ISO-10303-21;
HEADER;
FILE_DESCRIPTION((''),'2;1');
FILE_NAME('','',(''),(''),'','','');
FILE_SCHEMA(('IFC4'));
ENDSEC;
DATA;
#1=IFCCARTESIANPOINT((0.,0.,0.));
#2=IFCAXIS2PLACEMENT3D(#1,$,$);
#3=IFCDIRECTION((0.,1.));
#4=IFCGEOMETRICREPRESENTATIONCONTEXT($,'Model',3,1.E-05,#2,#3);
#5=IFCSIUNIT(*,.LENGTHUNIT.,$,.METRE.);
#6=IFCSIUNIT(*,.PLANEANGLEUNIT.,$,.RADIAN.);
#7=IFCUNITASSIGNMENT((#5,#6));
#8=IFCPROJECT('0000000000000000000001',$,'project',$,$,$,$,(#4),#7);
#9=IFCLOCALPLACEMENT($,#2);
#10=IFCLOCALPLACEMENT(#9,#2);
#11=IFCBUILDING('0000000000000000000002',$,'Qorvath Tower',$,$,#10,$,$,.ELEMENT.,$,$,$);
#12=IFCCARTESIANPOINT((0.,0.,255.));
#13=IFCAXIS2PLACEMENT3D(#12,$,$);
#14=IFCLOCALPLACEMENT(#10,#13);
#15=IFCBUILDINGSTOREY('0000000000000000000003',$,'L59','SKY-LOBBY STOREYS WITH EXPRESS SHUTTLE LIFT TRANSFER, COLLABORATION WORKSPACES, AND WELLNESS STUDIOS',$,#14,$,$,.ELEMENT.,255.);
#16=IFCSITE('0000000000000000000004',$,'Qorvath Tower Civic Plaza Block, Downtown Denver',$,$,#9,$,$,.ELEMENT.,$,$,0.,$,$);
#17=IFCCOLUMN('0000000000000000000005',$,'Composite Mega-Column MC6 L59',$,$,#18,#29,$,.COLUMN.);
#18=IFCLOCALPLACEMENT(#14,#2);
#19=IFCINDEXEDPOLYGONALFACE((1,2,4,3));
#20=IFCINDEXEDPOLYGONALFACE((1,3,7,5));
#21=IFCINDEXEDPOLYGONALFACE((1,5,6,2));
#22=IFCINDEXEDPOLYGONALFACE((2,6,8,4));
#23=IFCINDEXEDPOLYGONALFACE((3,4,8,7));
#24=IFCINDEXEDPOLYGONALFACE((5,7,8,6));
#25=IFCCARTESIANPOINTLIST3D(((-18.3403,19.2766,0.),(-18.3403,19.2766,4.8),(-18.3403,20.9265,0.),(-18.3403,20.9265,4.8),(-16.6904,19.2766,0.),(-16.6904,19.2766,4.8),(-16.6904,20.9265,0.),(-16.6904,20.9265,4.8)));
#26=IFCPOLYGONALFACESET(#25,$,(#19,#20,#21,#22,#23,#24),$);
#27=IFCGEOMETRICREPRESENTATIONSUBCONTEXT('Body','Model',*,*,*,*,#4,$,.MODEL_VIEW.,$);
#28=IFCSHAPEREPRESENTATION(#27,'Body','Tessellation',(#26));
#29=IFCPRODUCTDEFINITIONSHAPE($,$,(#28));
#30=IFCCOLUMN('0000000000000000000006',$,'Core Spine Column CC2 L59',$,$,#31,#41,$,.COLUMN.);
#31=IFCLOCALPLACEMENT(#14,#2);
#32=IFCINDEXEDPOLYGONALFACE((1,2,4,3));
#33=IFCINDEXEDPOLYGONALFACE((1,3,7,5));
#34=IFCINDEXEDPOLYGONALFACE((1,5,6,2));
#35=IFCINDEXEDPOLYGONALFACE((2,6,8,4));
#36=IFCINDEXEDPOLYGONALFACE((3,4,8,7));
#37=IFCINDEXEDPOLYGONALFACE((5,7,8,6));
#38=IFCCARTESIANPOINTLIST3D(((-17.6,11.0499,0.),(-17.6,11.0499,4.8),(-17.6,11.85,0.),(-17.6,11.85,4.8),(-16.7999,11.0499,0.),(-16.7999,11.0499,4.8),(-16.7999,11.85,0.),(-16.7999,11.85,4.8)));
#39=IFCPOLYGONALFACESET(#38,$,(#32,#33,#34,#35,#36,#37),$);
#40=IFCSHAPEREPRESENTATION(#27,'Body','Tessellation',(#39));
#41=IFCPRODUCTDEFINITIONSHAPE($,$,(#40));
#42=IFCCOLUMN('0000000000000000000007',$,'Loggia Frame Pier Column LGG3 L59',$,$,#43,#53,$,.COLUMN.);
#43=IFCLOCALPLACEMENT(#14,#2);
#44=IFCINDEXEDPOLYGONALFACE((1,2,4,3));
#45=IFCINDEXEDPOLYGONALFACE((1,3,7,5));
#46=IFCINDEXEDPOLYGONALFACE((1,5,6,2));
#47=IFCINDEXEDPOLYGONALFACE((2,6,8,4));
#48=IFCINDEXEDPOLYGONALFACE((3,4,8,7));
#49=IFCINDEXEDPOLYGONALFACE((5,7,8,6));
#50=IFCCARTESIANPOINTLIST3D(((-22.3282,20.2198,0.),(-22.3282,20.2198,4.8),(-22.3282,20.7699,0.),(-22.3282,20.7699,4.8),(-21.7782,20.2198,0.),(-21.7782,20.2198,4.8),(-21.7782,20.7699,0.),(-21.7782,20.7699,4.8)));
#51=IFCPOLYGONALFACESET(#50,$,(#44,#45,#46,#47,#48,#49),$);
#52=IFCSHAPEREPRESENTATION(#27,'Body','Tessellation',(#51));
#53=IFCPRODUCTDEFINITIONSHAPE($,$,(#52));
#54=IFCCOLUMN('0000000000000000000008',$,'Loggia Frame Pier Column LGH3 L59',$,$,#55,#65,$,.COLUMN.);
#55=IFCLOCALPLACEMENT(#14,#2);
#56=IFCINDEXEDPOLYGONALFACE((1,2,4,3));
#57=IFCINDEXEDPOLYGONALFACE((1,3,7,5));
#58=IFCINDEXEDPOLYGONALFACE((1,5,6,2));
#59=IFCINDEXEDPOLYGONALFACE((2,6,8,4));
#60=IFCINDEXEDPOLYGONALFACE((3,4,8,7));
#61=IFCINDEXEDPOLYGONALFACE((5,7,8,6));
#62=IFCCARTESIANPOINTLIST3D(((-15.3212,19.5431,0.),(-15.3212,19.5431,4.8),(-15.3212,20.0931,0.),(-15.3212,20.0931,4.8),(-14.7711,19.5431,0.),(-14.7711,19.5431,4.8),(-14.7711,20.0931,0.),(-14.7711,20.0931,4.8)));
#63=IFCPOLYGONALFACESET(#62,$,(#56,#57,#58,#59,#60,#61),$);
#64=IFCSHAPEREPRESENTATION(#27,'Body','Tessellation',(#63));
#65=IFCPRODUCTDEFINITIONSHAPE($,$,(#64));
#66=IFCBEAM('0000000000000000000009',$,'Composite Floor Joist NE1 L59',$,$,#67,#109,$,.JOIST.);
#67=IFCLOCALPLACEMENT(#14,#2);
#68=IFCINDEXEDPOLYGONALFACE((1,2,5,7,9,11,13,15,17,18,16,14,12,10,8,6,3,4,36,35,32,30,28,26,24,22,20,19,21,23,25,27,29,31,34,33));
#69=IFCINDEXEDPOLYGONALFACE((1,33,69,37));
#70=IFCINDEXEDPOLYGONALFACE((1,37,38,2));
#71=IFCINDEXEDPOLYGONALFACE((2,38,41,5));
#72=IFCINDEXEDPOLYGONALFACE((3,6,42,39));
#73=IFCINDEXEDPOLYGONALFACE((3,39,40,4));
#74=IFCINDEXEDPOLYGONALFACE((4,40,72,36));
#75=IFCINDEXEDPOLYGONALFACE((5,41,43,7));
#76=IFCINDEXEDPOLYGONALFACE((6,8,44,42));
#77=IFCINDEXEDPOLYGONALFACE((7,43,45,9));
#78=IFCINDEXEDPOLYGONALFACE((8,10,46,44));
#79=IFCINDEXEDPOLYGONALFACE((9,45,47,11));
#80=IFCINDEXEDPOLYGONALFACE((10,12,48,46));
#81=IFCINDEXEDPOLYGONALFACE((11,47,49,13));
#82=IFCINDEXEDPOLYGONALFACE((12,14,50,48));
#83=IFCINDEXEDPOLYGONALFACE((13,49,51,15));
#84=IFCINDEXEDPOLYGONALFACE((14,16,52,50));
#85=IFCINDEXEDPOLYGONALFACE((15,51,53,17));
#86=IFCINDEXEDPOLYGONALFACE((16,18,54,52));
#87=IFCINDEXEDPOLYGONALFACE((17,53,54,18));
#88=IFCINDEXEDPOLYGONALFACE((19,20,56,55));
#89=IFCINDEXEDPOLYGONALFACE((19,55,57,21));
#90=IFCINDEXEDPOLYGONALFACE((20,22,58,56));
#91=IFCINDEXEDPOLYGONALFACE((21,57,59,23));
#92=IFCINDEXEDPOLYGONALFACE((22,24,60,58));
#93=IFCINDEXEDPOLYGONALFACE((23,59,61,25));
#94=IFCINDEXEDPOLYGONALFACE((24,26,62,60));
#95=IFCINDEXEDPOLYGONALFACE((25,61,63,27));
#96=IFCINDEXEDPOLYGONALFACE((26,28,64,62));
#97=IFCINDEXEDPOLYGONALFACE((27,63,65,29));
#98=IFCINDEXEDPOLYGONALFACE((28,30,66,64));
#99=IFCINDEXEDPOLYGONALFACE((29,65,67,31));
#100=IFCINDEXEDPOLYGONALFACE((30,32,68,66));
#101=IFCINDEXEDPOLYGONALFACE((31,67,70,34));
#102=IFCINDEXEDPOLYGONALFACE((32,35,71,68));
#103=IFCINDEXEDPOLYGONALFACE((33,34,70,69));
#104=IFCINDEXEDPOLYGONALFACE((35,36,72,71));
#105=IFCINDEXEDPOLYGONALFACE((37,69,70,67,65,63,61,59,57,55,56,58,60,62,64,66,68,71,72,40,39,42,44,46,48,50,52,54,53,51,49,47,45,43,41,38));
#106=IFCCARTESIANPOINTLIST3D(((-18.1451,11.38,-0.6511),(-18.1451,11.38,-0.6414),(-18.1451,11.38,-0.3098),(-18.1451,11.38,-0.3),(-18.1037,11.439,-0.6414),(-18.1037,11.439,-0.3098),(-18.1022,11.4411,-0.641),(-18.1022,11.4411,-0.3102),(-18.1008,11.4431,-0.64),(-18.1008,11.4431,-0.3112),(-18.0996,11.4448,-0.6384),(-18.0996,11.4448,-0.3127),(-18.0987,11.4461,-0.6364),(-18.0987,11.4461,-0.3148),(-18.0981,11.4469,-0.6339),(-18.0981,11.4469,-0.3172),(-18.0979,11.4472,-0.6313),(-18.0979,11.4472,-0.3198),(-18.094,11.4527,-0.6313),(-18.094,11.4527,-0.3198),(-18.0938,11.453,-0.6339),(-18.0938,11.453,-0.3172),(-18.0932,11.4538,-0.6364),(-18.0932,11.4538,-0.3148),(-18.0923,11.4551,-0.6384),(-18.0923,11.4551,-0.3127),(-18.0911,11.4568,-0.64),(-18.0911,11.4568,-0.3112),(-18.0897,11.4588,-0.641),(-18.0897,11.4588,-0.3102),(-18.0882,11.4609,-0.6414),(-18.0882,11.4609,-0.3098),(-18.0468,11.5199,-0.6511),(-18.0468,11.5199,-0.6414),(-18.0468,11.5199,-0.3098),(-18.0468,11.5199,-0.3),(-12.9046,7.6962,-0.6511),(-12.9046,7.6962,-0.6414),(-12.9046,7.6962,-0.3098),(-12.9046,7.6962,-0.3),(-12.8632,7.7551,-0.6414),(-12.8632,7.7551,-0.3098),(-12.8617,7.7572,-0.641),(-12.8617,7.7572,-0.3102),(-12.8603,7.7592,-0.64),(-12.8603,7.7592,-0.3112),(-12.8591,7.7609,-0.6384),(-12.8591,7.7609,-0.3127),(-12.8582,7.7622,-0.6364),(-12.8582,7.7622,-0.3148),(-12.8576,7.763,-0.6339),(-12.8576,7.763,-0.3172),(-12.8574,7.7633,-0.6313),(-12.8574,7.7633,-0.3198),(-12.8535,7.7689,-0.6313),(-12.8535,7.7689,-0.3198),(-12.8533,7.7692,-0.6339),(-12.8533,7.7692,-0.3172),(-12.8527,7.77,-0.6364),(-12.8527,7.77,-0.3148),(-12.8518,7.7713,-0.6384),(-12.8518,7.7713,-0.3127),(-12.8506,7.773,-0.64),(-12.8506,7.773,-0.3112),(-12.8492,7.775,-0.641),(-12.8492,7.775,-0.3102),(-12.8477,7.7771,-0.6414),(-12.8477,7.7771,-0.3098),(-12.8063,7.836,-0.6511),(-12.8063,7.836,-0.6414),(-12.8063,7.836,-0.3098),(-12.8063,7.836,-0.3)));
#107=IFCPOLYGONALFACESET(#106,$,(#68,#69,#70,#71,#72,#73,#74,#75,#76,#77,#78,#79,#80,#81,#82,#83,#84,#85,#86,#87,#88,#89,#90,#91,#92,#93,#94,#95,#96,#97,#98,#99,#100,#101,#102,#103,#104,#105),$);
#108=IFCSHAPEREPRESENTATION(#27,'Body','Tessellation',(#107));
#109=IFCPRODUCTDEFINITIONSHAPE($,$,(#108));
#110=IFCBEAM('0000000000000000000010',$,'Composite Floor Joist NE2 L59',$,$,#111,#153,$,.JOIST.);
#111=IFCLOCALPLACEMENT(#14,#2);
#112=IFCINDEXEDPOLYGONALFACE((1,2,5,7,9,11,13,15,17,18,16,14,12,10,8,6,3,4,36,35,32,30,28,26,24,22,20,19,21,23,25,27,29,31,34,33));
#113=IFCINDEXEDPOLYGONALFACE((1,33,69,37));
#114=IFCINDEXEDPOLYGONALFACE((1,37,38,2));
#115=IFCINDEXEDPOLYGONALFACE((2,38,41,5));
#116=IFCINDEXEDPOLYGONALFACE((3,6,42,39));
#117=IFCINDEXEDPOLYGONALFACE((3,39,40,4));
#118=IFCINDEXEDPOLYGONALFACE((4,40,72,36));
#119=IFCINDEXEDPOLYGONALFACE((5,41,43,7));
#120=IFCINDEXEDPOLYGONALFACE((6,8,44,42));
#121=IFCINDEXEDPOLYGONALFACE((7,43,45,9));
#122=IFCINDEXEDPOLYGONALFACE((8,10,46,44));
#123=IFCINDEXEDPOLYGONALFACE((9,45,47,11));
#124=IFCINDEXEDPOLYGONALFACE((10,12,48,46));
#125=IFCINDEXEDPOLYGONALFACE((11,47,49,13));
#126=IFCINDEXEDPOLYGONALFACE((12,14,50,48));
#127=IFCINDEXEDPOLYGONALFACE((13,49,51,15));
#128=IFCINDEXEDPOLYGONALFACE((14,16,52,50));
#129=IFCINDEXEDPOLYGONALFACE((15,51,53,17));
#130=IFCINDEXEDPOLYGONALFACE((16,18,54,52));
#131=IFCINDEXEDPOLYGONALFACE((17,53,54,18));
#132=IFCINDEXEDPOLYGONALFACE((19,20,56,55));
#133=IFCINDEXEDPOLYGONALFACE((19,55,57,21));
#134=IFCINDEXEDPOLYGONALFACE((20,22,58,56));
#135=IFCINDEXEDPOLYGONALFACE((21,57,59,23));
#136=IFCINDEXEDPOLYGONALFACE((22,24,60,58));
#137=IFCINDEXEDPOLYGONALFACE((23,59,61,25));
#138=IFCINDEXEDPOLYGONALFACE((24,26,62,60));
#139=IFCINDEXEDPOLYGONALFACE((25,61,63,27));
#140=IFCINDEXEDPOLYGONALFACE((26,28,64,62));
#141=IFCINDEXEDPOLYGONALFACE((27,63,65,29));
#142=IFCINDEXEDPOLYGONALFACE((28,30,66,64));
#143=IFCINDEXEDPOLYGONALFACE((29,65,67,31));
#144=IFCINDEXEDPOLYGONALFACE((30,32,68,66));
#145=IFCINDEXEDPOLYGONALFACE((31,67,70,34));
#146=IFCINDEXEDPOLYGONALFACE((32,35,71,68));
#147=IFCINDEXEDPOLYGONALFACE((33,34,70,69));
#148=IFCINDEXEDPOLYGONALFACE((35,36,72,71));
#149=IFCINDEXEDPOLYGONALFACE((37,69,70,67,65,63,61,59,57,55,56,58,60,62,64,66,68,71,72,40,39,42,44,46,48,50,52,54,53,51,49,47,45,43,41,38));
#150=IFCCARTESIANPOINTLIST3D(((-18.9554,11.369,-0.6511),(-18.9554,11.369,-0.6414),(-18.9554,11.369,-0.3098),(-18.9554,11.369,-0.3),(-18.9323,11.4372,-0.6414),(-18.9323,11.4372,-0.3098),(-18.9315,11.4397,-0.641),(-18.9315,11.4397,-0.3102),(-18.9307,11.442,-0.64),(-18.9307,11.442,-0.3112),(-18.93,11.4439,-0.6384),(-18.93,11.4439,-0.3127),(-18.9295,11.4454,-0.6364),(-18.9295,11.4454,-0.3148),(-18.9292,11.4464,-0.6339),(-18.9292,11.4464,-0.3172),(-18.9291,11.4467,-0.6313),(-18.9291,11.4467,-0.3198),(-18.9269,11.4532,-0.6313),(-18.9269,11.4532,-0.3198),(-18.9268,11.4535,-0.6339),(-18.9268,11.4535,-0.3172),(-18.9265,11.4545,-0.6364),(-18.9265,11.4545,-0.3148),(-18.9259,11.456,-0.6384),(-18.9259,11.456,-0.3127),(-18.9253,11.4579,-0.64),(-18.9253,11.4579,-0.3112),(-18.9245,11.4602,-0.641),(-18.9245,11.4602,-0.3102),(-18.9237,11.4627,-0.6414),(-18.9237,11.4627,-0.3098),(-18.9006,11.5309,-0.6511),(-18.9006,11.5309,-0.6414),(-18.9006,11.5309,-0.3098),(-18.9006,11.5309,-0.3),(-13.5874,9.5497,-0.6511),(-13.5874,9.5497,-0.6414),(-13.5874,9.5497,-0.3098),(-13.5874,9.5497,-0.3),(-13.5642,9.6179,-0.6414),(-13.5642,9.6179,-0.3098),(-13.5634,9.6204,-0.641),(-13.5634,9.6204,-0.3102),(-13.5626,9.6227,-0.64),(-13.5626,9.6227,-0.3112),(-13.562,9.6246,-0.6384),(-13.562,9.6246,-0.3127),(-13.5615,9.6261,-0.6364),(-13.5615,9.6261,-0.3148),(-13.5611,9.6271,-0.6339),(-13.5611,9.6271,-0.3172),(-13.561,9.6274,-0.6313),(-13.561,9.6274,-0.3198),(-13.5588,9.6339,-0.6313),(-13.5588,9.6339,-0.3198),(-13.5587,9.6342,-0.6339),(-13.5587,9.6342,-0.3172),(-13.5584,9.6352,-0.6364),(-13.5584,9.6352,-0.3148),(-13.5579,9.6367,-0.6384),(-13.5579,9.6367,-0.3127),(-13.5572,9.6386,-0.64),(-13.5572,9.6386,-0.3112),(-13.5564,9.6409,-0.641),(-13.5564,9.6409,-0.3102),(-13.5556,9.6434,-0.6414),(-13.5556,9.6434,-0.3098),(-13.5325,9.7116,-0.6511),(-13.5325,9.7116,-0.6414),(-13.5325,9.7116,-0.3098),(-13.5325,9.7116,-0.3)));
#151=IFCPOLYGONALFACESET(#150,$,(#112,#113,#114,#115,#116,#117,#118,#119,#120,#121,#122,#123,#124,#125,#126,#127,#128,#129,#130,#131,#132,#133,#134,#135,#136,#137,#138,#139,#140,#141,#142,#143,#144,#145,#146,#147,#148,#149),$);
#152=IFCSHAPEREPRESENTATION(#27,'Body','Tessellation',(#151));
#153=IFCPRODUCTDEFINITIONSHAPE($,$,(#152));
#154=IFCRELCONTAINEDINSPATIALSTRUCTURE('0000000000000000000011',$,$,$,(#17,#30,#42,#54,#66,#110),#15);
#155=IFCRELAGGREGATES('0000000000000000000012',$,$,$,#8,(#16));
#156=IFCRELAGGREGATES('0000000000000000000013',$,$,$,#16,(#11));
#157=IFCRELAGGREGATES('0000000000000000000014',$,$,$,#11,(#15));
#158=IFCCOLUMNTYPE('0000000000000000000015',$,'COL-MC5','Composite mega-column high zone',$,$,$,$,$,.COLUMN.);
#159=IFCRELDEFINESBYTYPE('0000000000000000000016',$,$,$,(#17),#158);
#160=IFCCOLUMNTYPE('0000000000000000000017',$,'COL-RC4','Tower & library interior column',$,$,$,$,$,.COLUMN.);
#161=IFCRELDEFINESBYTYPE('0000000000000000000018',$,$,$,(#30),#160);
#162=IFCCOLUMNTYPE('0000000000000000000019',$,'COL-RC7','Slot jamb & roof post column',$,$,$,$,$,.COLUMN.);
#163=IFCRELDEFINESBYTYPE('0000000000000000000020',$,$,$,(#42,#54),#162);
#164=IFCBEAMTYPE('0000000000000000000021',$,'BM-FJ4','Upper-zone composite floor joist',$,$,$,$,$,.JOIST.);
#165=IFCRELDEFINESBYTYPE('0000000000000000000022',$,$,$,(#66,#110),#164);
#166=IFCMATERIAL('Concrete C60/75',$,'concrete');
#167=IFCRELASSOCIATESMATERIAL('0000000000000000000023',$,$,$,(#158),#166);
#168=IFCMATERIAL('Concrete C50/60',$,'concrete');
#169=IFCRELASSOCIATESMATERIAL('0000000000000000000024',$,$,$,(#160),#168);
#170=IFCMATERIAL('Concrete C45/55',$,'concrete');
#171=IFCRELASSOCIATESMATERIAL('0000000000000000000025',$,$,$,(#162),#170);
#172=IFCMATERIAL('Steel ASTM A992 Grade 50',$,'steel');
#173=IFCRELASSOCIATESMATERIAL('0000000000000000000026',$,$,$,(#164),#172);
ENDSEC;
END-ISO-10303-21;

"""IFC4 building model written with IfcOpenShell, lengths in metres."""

from ifc_helpers import new_model, si_unit, direction, frame, origin, origin_2d, place, context, subcontext, project, spatial, rectangle, i_section, extrude, material, material_profile, profile_set, type_object, element, save


model = new_model("IFC4")

# Units and contexts
model_context = context("Model", 3, precision=1e-05, world=origin(), true_north=direction((0.0, 1.0)))
body_context = subcontext(model_context, "Body", "Model", "MODEL_VIEW")
ifc_project = project(units=[si_unit("LENGTHUNIT", "METRE"), si_unit("PLANEANGLEUNIT", "RADIAN")], contexts=[model_context])

# Site, building, storey
site_placement = place(None, origin())
site = spatial("IfcSite", under=ifc_project, at=site_placement, Name="Qorvath Tower Civic Plaza Block, Downtown Denver", CompositionType="ELEMENT", RefElevation=0.0)
building_placement = place(site_placement, origin())
building = spatial("IfcBuilding", under=site, at=building_placement, Name="Qorvath Tower", CompositionType="ELEMENT")
storey_placement = place(building_placement, frame((0.0, 0.0, 255.0)))
storey = spatial("IfcBuildingStorey", under=building, at=storey_placement, Name="L59", Description="SKY-LOBBY STOREYS WITH EXPRESS SHUTTLE LIFT TRANSFER, COLLABORATION WORKSPACES, AND WELLNESS STUDIOS", CompositionType="ELEMENT", Elevation=255.0)

# Columns
ifc_material_1 = material(Name="Concrete C60/75", Category="concrete")
ifc_material_profile_1 = material_profile(ifc_material_1, rectangle(XDim=1.6499, YDim=1.6499, at=origin_2d()), Name="MC 1650x1650")
ifc_profile_set_1 = profile_set([ifc_material_profile_1], Name="Concrete C60/75")
column_type_1 = type_object("IfcColumnType", Name="COL-MC5", Description="Composite mega-column high zone", PredefinedType="COLUMN", material=ifc_profile_set_1)
column_1_placement = place(storey_placement, frame((-17.5154, 20.1016, 0.0), z_axis=(0.0, 0.0, 1.0), x_axis=(1.0, 0.0, 0.0)))
element("IfcColumn", 1, at=column_1_placement, inside=storey, type_object=column_type_1, Name="Composite Mega-Column MC6 L59", PredefinedType="COLUMN", context=body_context, shape_type="SweptSolid", body=[
    extrude(rectangle(XDim=1.6499, YDim=1.6499, at=origin_2d()), origin(), (0.0, 0.0, 1.0), 4.8),
])
ifc_material_2 = material(Name="Concrete C50/60", Category="concrete")
ifc_material_profile_2 = material_profile(ifc_material_2, rectangle(XDim=0.8, YDim=0.8, at=origin_2d()), Name="RC 800x800")
ifc_profile_set_2 = profile_set([ifc_material_profile_2], Name="Concrete C50/60")
column_type_2 = type_object("IfcColumnType", Name="COL-RC4", Description="Tower & library interior column", PredefinedType="COLUMN", material=ifc_profile_set_2)
column_2_placement = place(storey_placement, frame((-17.2, 11.45, 0.0), z_axis=(0.0, 0.0, 1.0), x_axis=(1.0, 0.0, 0.0)))
element("IfcColumn", 2, at=column_2_placement, inside=storey, type_object=column_type_2, Name="Core Spine Column CC2 L59", PredefinedType="COLUMN", context=body_context, shape_type="SweptSolid", body=[
    extrude(rectangle(XDim=0.8, YDim=0.8, at=origin_2d()), origin(), (0.0, 0.0, 1.0), 4.8),
])
ifc_material_3 = material(Name="Concrete C45/55", Category="concrete")
ifc_material_profile_3 = material_profile(ifc_material_3, rectangle(XDim=0.55, YDim=0.55, at=origin_2d()), Name="RC 550x550")
ifc_profile_set_3 = profile_set([ifc_material_profile_3], Name="Concrete C45/55")
column_type_3 = type_object("IfcColumnType", Name="COL-RC7", Description="Slot jamb & roof post column", PredefinedType="COLUMN", material=ifc_profile_set_3)
for number, where, z_axis, x_axis, name in (
    (3, (-22.0532, 20.4949, 0.0), (0.0, 0.0, 1.0), (1.0, 0.0, 0.0), "Loggia Frame Pier Column LGG3 L59"),
    (4, (-15.0461, 19.8181, 0.0), (0.0, 0.0, 1.0), (1.0, 0.0, 0.0), "Loggia Frame Pier Column LGH3 L59"),
):
    element("IfcColumn", number, at=place(storey_placement, frame(where, z_axis=z_axis, x_axis=x_axis)), inside=storey, type_object=column_type_3, Name=name, PredefinedType="COLUMN", context=body_context, shape_type="SweptSolid", body=[
        extrude(rectangle(XDim=0.55, YDim=0.55, at=origin_2d()), origin(), (0.0, 0.0, 1.0), 4.8),
    ])

# Beams
ifc_material_4 = material(Name="Steel ASTM A992 Grade 50", Category="steel")
ifc_material_profile_4 = material_profile(ifc_material_4, i_section(OverallWidth=0.1709, OverallDepth=0.3511, WebThickness=0.0068, FlangeThickness=0.0098, FilletRadius=0.01, at=origin_2d()), Name="W14x30")
ifc_profile_set_4 = profile_set([ifc_material_profile_4], Name="Steel ASTM A992 Grade 50")
beam_type_1 = type_object("IfcBeamType", Name="BM-FJ4", Description="Upper-zone composite floor joist", PredefinedType="JOIST", material=ifc_profile_set_4)
beam_1_placement = place(storey_placement, frame((-18.0959, 11.45, -0.4756), z_axis=(0.818093, -0.575085, 0.0), x_axis=(0.575085, 0.818093, 0.0)))
element("IfcBeam", 5, at=beam_1_placement, inside=storey, type_object=beam_type_1, Name="Composite Floor Joist NE1 L59", PredefinedType="JOIST", context=body_context, shape_type="SweptSolid", body=[
    extrude(i_section(OverallWidth=0.1709, OverallDepth=0.3511, WebThickness=0.0068, FlangeThickness=0.0098, FilletRadius=0.01, at=origin_2d()), origin(), (0.0, 0.0, 1.0), 6.4058),
])
beam_2_placement = place(storey_placement, frame((-18.928, 11.45, -0.4756), z_axis=(0.947086, -0.320979, 0.0), x_axis=(0.320979, 0.947086, 0.0)))
element("IfcBeam", 6, at=beam_2_placement, inside=storey, type_object=beam_type_1, Name="Composite Floor Joist NE2 L59", PredefinedType="JOIST", context=body_context, shape_type="SweptSolid", body=[
    extrude(i_section(OverallWidth=0.1709, OverallDepth=0.3511, WebThickness=0.0068, FlangeThickness=0.0098, FilletRadius=0.01, at=origin_2d()), origin(), (0.0, 0.0, 1.0), 5.668),
])

save(model, "model.ifc")
